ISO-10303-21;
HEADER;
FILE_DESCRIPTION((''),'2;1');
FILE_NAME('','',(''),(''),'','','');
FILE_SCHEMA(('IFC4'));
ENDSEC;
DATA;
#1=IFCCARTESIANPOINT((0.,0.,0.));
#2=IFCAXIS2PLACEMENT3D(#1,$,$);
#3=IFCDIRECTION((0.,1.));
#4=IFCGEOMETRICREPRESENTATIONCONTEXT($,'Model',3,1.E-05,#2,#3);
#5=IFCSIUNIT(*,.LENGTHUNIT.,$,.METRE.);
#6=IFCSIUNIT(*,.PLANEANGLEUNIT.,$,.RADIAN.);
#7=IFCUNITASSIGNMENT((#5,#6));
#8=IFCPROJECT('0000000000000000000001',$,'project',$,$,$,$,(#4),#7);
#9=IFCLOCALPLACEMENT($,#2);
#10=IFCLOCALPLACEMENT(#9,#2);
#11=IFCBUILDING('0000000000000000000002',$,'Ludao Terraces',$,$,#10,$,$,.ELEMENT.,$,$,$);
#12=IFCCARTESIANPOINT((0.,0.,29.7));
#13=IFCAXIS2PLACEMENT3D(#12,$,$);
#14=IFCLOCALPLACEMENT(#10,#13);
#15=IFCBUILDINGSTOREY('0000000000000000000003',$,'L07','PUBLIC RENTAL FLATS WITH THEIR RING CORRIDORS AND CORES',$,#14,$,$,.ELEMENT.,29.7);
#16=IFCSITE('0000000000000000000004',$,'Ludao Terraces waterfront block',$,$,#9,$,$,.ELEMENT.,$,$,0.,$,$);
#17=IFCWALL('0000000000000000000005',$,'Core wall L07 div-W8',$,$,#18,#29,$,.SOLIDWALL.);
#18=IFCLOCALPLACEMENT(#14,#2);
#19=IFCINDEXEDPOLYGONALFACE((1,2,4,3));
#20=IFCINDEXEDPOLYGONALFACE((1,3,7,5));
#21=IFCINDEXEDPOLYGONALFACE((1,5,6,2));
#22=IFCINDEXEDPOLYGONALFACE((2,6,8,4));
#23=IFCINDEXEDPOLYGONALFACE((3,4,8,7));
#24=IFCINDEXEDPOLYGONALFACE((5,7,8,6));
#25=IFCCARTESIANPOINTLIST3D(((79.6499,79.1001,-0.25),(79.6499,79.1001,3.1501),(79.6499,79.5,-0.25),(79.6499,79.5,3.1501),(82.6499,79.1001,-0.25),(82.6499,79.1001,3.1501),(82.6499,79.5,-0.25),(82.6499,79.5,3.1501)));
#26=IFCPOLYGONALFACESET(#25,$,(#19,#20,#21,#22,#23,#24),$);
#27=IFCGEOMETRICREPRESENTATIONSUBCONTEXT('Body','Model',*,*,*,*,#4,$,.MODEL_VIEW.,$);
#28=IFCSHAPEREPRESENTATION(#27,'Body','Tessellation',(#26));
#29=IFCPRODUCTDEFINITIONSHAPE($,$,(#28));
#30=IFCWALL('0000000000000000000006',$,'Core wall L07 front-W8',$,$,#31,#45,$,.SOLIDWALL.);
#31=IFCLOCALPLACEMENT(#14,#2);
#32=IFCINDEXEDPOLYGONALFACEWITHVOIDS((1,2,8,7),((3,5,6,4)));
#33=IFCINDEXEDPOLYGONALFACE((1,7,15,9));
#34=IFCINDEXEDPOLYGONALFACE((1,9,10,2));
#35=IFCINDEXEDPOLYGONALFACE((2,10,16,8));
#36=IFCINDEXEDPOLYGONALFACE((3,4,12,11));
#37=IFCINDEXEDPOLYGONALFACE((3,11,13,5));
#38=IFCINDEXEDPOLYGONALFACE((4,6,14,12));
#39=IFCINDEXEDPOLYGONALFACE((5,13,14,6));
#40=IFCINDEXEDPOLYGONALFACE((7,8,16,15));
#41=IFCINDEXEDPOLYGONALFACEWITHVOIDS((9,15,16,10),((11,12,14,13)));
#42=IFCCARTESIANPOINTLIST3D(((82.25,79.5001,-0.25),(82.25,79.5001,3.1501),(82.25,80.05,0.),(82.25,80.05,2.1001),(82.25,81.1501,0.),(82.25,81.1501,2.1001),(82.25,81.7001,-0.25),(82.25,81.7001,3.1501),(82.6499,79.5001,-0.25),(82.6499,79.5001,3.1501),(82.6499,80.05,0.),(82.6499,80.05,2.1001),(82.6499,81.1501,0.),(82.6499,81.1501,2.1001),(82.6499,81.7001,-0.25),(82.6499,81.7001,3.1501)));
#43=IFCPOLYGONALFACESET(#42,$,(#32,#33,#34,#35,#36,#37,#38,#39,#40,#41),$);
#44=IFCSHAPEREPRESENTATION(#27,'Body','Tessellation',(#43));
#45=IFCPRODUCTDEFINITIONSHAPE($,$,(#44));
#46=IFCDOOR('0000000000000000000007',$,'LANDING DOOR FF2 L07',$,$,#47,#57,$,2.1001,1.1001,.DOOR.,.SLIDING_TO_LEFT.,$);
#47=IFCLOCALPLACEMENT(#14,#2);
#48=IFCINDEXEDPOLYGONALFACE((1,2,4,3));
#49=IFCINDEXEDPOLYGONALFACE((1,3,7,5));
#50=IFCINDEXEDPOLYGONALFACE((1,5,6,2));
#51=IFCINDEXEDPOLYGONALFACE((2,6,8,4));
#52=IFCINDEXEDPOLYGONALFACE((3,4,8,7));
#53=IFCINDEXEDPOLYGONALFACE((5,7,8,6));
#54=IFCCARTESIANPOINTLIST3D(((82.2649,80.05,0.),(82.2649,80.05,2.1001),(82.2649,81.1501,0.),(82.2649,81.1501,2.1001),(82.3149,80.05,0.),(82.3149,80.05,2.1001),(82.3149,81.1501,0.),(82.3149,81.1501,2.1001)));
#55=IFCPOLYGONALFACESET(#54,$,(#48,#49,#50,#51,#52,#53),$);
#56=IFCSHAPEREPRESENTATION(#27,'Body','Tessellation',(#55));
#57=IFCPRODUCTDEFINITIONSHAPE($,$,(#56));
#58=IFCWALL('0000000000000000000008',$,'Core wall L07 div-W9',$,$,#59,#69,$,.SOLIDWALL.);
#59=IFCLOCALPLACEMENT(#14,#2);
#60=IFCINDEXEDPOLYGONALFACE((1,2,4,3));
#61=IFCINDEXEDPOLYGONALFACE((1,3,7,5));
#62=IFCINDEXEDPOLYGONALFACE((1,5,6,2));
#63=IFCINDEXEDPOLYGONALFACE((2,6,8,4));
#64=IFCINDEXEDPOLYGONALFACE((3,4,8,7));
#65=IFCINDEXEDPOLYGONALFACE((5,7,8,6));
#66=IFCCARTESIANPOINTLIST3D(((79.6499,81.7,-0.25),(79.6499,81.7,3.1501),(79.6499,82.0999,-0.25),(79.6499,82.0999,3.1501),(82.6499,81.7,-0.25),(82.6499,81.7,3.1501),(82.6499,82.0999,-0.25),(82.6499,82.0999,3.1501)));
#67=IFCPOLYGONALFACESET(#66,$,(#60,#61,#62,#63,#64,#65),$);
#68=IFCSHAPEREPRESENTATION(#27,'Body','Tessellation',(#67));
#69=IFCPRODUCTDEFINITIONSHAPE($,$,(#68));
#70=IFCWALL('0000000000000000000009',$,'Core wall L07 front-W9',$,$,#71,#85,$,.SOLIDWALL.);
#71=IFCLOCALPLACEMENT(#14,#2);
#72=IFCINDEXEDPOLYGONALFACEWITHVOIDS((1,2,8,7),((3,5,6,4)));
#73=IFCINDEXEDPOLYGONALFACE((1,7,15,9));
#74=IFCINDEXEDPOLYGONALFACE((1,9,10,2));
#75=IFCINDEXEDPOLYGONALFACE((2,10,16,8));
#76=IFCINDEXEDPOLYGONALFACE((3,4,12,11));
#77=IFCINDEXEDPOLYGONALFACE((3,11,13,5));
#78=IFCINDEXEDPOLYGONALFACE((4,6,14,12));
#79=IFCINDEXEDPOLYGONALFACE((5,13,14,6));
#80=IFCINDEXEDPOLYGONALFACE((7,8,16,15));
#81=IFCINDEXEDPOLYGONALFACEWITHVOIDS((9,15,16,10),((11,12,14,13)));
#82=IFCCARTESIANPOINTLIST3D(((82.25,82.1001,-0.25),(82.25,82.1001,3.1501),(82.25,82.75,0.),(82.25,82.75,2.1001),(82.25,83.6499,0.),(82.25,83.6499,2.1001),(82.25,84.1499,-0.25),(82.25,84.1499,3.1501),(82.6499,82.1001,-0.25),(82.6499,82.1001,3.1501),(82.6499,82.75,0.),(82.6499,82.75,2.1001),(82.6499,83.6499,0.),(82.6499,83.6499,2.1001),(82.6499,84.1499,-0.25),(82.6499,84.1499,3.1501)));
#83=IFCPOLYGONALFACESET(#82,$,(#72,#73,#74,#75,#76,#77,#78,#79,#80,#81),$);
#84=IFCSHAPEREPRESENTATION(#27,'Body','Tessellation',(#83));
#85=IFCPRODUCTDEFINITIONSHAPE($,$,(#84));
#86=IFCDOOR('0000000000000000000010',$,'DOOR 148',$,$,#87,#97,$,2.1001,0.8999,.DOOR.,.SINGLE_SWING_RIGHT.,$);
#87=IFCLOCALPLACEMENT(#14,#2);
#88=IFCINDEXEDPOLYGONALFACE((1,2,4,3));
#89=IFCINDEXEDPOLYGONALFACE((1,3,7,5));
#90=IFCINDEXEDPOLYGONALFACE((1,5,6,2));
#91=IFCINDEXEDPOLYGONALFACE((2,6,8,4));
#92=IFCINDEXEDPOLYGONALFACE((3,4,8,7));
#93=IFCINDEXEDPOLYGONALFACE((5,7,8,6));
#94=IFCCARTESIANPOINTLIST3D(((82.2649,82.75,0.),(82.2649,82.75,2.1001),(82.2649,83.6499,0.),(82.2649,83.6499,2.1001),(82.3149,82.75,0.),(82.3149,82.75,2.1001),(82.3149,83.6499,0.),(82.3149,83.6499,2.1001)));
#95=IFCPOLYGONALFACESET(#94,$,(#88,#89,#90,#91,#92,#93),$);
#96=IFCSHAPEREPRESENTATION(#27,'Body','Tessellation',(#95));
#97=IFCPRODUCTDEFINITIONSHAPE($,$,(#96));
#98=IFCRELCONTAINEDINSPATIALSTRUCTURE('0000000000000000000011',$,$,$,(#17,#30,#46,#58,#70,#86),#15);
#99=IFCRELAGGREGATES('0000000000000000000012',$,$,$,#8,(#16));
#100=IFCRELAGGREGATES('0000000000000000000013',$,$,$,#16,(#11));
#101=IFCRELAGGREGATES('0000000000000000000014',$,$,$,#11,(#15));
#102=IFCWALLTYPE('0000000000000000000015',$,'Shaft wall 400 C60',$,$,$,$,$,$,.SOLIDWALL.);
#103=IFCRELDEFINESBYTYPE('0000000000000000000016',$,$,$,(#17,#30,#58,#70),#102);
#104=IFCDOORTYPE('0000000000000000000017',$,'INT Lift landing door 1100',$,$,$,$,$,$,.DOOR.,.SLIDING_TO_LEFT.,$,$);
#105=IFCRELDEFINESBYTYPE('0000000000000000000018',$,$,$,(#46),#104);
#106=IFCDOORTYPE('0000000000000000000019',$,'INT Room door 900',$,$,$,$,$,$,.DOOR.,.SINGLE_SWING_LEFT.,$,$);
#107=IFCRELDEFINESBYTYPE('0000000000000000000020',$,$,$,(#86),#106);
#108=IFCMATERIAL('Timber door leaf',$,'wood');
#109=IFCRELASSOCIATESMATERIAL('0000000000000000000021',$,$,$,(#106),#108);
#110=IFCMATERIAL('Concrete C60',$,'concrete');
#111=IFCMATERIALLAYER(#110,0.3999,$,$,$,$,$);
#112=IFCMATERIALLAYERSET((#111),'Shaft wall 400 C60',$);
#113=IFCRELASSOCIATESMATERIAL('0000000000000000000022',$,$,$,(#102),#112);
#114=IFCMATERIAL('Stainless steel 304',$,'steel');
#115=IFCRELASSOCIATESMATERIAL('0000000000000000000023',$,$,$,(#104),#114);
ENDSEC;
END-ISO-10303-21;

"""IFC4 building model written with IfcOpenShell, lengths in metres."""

from ifc_helpers import new_model, si_unit, direction, frame, frame_2d, origin, place, context, subcontext, project, spatial, rectangle, extrude, material, layer, layer_set, type_object, element, fill, save


model = new_model("IFC4")

# Units and contexts
model_context = context("Model", 3, precision=1e-05, world=origin(), true_north=direction((0.0, 1.0)))
body_context = subcontext(model_context, "Body", "Model", "MODEL_VIEW")
ifc_project = project(units=[si_unit("LENGTHUNIT", "METRE"), si_unit("PLANEANGLEUNIT", "RADIAN")], contexts=[model_context])

# Site, building, storey
site_placement = place(None, origin())
site = spatial("IfcSite", under=ifc_project, at=site_placement, Name="Ludao Terraces waterfront block", CompositionType="ELEMENT", RefElevation=0.0)
building_placement = place(site_placement, origin())
building = spatial("IfcBuilding", under=site, at=building_placement, Name="Ludao Terraces", CompositionType="ELEMENT")
storey_placement = place(building_placement, frame((0.0, 0.0, 29.7)))
storey = spatial("IfcBuildingStorey", under=building, at=storey_placement, Name="L07", Description="PUBLIC RENTAL FLATS WITH THEIR RING CORRIDORS AND CORES", CompositionType="ELEMENT", Elevation=29.7)

# Shared definitions
ifc_material_1 = material(Name="Concrete C60", Category="concrete")

# Shared definitions
ifc_material_2 = material(Name="Timber door leaf", Category="wood")
door_type_1 = type_object("IfcDoorType", Name="INT Room door 900", OperationType="SINGLE_SWING_LEFT", PredefinedType="DOOR", material=ifc_material_2)

# Wall
ifc_layer_1 = layer(ifc_material_1, 0.3999)
ifc_layer_set_1 = layer_set([ifc_layer_1], Name="Shaft wall 400 C60")
wall_type_1 = type_object("IfcWallType", Name="Shaft wall 400 C60", PredefinedType="SOLIDWALL", material=ifc_layer_set_1)
wall_1_placement = place(storey_placement, frame((79.6499, 79.3, -0.25), z_axis=(0.0, 0.0, 1.0), x_axis=(1.0, 0.0, 0.0)))
element("IfcWall", 1, at=wall_1_placement, inside=storey, type_object=wall_type_1, Name="Core wall L07 div-W8", PredefinedType="SOLIDWALL", context=body_context, shape_type="SweptSolid", body=[
    extrude(rectangle(XDim=3.0, YDim=0.3999, at=frame_2d((1.5, 0.0))), origin(), (0.0, 0.0, 1.0), 3.4001),
])

# Wall, opening, door
wall_2_placement = place(storey_placement, frame((82.45, 79.5, -0.25), z_axis=(0.0, 0.0, 1.0), x_axis=(0.0, 1.0, 0.0)))
wall_2 = element("IfcWall", 2, at=wall_2_placement, inside=storey, type_object=wall_type_1, Name="Core wall L07 front-W8", PredefinedType="SOLIDWALL", context=body_context, shape_type="SweptSolid", body=[
    extrude(rectangle(XDim=2.2, YDim=0.3999, at=frame_2d((1.1001, 0.0))), origin(), (0.0, 0.0, 1.0), 3.4001),
])
opening_1_placement = place(wall_2_placement, frame((0.55, 0.0, 0.25)))
opening_1 = element("IfcOpeningElement", 3, at=opening_1_placement, cuts=wall_2, PredefinedType="OPENING", context=body_context, shape_type="SweptSolid", body=[
    extrude(rectangle(XDim=1.1001, YDim=2.1001, at=frame_2d((0.55, 1.05))), frame((0.0, 0.21, 0.0), z_axis=(0.0, -1.0, 0.0), x_axis=(1.0, 0.0, 0.0)), (0.0, 0.0, 1.0), 0.4199),
])
ifc_material_3 = material(Name="Stainless steel 304", Category="steel")
door_type_2 = type_object("IfcDoorType", Name="INT Lift landing door 1100", OperationType="SLIDING_TO_LEFT", PredefinedType="DOOR", material=ifc_material_3)
door_1_placement = place(opening_1_placement, origin())
door_1 = element("IfcDoor", 4, at=door_1_placement, inside=storey, type_object=door_type_2, Name="LANDING DOOR FF2 L07", OperationType="SLIDING_TO_LEFT", OverallHeight=2.1001, OverallWidth=1.1001, PredefinedType="DOOR", context=body_context, shape_type="SweptSolid", body=[
    extrude(rectangle(XDim=1.1001, YDim=2.1001, at=frame_2d((0.55, 1.05))), frame((0.0, 0.1851, 0.0), z_axis=(0.0, -1.0, 0.0), x_axis=(1.0, 0.0, 0.0)), (0.0, 0.0, 1.0), 0.05),
])
fill(opening_1, door_1)

# Wall
wall_3_placement = place(storey_placement, frame((79.6499, 81.8999, -0.25), z_axis=(0.0, 0.0, 1.0), x_axis=(1.0, 0.0, 0.0)))
element("IfcWall", 5, at=wall_3_placement, inside=storey, type_object=wall_type_1, Name="Core wall L07 div-W9", PredefinedType="SOLIDWALL", context=body_context, shape_type="SweptSolid", body=[
    extrude(rectangle(XDim=3.0, YDim=0.3999, at=frame_2d((1.5, 0.0))), origin(), (0.0, 0.0, 1.0), 3.4001),
])

# Wall, opening, door
wall_4_placement = place(storey_placement, frame((82.45, 82.1001, -0.25), z_axis=(0.0, 0.0, 1.0), x_axis=(0.0, 1.0, 0.0)))
wall_4 = element("IfcWall", 6, at=wall_4_placement, inside=storey, type_object=wall_type_1, Name="Core wall L07 front-W9", PredefinedType="SOLIDWALL", context=body_context, shape_type="SweptSolid", body=[
    extrude(rectangle(XDim=2.0498, YDim=0.3999, at=frame_2d((1.0249, 0.0))), origin(), (0.0, 0.0, 1.0), 3.4001),
])
opening_2_placement = place(wall_4_placement, frame((0.6499, 0.0, 0.25)))
opening_2 = element("IfcOpeningElement", 7, at=opening_2_placement, cuts=wall_4, PredefinedType="OPENING", context=body_context, shape_type="SweptSolid", body=[
    extrude(rectangle(XDim=0.8999, YDim=2.1001, at=frame_2d((0.45, 1.05))), frame((0.0, 0.21, 0.0), z_axis=(0.0, -1.0, 0.0), x_axis=(1.0, 0.0, 0.0)), (0.0, 0.0, 1.0), 0.4199),
])
door_2_placement = place(opening_2_placement, origin())
door_2 = element("IfcDoor", 8, at=door_2_placement, inside=storey, type_object=door_type_1, Name="DOOR 148", OperationType="SINGLE_SWING_RIGHT", OverallHeight=2.1001, OverallWidth=0.8999, PredefinedType="DOOR", context=body_context, shape_type="SweptSolid", body=[
    extrude(rectangle(XDim=0.8999, YDim=2.1001, at=frame_2d((0.45, 1.05))), frame((0.0, 0.1851, 0.0), z_axis=(0.0, -1.0, 0.0), x_axis=(1.0, 0.0, 0.0)), (0.0, 0.0, 1.0), 0.05),
])
fill(opening_2, door_2)

save(model, "model.ifc")
